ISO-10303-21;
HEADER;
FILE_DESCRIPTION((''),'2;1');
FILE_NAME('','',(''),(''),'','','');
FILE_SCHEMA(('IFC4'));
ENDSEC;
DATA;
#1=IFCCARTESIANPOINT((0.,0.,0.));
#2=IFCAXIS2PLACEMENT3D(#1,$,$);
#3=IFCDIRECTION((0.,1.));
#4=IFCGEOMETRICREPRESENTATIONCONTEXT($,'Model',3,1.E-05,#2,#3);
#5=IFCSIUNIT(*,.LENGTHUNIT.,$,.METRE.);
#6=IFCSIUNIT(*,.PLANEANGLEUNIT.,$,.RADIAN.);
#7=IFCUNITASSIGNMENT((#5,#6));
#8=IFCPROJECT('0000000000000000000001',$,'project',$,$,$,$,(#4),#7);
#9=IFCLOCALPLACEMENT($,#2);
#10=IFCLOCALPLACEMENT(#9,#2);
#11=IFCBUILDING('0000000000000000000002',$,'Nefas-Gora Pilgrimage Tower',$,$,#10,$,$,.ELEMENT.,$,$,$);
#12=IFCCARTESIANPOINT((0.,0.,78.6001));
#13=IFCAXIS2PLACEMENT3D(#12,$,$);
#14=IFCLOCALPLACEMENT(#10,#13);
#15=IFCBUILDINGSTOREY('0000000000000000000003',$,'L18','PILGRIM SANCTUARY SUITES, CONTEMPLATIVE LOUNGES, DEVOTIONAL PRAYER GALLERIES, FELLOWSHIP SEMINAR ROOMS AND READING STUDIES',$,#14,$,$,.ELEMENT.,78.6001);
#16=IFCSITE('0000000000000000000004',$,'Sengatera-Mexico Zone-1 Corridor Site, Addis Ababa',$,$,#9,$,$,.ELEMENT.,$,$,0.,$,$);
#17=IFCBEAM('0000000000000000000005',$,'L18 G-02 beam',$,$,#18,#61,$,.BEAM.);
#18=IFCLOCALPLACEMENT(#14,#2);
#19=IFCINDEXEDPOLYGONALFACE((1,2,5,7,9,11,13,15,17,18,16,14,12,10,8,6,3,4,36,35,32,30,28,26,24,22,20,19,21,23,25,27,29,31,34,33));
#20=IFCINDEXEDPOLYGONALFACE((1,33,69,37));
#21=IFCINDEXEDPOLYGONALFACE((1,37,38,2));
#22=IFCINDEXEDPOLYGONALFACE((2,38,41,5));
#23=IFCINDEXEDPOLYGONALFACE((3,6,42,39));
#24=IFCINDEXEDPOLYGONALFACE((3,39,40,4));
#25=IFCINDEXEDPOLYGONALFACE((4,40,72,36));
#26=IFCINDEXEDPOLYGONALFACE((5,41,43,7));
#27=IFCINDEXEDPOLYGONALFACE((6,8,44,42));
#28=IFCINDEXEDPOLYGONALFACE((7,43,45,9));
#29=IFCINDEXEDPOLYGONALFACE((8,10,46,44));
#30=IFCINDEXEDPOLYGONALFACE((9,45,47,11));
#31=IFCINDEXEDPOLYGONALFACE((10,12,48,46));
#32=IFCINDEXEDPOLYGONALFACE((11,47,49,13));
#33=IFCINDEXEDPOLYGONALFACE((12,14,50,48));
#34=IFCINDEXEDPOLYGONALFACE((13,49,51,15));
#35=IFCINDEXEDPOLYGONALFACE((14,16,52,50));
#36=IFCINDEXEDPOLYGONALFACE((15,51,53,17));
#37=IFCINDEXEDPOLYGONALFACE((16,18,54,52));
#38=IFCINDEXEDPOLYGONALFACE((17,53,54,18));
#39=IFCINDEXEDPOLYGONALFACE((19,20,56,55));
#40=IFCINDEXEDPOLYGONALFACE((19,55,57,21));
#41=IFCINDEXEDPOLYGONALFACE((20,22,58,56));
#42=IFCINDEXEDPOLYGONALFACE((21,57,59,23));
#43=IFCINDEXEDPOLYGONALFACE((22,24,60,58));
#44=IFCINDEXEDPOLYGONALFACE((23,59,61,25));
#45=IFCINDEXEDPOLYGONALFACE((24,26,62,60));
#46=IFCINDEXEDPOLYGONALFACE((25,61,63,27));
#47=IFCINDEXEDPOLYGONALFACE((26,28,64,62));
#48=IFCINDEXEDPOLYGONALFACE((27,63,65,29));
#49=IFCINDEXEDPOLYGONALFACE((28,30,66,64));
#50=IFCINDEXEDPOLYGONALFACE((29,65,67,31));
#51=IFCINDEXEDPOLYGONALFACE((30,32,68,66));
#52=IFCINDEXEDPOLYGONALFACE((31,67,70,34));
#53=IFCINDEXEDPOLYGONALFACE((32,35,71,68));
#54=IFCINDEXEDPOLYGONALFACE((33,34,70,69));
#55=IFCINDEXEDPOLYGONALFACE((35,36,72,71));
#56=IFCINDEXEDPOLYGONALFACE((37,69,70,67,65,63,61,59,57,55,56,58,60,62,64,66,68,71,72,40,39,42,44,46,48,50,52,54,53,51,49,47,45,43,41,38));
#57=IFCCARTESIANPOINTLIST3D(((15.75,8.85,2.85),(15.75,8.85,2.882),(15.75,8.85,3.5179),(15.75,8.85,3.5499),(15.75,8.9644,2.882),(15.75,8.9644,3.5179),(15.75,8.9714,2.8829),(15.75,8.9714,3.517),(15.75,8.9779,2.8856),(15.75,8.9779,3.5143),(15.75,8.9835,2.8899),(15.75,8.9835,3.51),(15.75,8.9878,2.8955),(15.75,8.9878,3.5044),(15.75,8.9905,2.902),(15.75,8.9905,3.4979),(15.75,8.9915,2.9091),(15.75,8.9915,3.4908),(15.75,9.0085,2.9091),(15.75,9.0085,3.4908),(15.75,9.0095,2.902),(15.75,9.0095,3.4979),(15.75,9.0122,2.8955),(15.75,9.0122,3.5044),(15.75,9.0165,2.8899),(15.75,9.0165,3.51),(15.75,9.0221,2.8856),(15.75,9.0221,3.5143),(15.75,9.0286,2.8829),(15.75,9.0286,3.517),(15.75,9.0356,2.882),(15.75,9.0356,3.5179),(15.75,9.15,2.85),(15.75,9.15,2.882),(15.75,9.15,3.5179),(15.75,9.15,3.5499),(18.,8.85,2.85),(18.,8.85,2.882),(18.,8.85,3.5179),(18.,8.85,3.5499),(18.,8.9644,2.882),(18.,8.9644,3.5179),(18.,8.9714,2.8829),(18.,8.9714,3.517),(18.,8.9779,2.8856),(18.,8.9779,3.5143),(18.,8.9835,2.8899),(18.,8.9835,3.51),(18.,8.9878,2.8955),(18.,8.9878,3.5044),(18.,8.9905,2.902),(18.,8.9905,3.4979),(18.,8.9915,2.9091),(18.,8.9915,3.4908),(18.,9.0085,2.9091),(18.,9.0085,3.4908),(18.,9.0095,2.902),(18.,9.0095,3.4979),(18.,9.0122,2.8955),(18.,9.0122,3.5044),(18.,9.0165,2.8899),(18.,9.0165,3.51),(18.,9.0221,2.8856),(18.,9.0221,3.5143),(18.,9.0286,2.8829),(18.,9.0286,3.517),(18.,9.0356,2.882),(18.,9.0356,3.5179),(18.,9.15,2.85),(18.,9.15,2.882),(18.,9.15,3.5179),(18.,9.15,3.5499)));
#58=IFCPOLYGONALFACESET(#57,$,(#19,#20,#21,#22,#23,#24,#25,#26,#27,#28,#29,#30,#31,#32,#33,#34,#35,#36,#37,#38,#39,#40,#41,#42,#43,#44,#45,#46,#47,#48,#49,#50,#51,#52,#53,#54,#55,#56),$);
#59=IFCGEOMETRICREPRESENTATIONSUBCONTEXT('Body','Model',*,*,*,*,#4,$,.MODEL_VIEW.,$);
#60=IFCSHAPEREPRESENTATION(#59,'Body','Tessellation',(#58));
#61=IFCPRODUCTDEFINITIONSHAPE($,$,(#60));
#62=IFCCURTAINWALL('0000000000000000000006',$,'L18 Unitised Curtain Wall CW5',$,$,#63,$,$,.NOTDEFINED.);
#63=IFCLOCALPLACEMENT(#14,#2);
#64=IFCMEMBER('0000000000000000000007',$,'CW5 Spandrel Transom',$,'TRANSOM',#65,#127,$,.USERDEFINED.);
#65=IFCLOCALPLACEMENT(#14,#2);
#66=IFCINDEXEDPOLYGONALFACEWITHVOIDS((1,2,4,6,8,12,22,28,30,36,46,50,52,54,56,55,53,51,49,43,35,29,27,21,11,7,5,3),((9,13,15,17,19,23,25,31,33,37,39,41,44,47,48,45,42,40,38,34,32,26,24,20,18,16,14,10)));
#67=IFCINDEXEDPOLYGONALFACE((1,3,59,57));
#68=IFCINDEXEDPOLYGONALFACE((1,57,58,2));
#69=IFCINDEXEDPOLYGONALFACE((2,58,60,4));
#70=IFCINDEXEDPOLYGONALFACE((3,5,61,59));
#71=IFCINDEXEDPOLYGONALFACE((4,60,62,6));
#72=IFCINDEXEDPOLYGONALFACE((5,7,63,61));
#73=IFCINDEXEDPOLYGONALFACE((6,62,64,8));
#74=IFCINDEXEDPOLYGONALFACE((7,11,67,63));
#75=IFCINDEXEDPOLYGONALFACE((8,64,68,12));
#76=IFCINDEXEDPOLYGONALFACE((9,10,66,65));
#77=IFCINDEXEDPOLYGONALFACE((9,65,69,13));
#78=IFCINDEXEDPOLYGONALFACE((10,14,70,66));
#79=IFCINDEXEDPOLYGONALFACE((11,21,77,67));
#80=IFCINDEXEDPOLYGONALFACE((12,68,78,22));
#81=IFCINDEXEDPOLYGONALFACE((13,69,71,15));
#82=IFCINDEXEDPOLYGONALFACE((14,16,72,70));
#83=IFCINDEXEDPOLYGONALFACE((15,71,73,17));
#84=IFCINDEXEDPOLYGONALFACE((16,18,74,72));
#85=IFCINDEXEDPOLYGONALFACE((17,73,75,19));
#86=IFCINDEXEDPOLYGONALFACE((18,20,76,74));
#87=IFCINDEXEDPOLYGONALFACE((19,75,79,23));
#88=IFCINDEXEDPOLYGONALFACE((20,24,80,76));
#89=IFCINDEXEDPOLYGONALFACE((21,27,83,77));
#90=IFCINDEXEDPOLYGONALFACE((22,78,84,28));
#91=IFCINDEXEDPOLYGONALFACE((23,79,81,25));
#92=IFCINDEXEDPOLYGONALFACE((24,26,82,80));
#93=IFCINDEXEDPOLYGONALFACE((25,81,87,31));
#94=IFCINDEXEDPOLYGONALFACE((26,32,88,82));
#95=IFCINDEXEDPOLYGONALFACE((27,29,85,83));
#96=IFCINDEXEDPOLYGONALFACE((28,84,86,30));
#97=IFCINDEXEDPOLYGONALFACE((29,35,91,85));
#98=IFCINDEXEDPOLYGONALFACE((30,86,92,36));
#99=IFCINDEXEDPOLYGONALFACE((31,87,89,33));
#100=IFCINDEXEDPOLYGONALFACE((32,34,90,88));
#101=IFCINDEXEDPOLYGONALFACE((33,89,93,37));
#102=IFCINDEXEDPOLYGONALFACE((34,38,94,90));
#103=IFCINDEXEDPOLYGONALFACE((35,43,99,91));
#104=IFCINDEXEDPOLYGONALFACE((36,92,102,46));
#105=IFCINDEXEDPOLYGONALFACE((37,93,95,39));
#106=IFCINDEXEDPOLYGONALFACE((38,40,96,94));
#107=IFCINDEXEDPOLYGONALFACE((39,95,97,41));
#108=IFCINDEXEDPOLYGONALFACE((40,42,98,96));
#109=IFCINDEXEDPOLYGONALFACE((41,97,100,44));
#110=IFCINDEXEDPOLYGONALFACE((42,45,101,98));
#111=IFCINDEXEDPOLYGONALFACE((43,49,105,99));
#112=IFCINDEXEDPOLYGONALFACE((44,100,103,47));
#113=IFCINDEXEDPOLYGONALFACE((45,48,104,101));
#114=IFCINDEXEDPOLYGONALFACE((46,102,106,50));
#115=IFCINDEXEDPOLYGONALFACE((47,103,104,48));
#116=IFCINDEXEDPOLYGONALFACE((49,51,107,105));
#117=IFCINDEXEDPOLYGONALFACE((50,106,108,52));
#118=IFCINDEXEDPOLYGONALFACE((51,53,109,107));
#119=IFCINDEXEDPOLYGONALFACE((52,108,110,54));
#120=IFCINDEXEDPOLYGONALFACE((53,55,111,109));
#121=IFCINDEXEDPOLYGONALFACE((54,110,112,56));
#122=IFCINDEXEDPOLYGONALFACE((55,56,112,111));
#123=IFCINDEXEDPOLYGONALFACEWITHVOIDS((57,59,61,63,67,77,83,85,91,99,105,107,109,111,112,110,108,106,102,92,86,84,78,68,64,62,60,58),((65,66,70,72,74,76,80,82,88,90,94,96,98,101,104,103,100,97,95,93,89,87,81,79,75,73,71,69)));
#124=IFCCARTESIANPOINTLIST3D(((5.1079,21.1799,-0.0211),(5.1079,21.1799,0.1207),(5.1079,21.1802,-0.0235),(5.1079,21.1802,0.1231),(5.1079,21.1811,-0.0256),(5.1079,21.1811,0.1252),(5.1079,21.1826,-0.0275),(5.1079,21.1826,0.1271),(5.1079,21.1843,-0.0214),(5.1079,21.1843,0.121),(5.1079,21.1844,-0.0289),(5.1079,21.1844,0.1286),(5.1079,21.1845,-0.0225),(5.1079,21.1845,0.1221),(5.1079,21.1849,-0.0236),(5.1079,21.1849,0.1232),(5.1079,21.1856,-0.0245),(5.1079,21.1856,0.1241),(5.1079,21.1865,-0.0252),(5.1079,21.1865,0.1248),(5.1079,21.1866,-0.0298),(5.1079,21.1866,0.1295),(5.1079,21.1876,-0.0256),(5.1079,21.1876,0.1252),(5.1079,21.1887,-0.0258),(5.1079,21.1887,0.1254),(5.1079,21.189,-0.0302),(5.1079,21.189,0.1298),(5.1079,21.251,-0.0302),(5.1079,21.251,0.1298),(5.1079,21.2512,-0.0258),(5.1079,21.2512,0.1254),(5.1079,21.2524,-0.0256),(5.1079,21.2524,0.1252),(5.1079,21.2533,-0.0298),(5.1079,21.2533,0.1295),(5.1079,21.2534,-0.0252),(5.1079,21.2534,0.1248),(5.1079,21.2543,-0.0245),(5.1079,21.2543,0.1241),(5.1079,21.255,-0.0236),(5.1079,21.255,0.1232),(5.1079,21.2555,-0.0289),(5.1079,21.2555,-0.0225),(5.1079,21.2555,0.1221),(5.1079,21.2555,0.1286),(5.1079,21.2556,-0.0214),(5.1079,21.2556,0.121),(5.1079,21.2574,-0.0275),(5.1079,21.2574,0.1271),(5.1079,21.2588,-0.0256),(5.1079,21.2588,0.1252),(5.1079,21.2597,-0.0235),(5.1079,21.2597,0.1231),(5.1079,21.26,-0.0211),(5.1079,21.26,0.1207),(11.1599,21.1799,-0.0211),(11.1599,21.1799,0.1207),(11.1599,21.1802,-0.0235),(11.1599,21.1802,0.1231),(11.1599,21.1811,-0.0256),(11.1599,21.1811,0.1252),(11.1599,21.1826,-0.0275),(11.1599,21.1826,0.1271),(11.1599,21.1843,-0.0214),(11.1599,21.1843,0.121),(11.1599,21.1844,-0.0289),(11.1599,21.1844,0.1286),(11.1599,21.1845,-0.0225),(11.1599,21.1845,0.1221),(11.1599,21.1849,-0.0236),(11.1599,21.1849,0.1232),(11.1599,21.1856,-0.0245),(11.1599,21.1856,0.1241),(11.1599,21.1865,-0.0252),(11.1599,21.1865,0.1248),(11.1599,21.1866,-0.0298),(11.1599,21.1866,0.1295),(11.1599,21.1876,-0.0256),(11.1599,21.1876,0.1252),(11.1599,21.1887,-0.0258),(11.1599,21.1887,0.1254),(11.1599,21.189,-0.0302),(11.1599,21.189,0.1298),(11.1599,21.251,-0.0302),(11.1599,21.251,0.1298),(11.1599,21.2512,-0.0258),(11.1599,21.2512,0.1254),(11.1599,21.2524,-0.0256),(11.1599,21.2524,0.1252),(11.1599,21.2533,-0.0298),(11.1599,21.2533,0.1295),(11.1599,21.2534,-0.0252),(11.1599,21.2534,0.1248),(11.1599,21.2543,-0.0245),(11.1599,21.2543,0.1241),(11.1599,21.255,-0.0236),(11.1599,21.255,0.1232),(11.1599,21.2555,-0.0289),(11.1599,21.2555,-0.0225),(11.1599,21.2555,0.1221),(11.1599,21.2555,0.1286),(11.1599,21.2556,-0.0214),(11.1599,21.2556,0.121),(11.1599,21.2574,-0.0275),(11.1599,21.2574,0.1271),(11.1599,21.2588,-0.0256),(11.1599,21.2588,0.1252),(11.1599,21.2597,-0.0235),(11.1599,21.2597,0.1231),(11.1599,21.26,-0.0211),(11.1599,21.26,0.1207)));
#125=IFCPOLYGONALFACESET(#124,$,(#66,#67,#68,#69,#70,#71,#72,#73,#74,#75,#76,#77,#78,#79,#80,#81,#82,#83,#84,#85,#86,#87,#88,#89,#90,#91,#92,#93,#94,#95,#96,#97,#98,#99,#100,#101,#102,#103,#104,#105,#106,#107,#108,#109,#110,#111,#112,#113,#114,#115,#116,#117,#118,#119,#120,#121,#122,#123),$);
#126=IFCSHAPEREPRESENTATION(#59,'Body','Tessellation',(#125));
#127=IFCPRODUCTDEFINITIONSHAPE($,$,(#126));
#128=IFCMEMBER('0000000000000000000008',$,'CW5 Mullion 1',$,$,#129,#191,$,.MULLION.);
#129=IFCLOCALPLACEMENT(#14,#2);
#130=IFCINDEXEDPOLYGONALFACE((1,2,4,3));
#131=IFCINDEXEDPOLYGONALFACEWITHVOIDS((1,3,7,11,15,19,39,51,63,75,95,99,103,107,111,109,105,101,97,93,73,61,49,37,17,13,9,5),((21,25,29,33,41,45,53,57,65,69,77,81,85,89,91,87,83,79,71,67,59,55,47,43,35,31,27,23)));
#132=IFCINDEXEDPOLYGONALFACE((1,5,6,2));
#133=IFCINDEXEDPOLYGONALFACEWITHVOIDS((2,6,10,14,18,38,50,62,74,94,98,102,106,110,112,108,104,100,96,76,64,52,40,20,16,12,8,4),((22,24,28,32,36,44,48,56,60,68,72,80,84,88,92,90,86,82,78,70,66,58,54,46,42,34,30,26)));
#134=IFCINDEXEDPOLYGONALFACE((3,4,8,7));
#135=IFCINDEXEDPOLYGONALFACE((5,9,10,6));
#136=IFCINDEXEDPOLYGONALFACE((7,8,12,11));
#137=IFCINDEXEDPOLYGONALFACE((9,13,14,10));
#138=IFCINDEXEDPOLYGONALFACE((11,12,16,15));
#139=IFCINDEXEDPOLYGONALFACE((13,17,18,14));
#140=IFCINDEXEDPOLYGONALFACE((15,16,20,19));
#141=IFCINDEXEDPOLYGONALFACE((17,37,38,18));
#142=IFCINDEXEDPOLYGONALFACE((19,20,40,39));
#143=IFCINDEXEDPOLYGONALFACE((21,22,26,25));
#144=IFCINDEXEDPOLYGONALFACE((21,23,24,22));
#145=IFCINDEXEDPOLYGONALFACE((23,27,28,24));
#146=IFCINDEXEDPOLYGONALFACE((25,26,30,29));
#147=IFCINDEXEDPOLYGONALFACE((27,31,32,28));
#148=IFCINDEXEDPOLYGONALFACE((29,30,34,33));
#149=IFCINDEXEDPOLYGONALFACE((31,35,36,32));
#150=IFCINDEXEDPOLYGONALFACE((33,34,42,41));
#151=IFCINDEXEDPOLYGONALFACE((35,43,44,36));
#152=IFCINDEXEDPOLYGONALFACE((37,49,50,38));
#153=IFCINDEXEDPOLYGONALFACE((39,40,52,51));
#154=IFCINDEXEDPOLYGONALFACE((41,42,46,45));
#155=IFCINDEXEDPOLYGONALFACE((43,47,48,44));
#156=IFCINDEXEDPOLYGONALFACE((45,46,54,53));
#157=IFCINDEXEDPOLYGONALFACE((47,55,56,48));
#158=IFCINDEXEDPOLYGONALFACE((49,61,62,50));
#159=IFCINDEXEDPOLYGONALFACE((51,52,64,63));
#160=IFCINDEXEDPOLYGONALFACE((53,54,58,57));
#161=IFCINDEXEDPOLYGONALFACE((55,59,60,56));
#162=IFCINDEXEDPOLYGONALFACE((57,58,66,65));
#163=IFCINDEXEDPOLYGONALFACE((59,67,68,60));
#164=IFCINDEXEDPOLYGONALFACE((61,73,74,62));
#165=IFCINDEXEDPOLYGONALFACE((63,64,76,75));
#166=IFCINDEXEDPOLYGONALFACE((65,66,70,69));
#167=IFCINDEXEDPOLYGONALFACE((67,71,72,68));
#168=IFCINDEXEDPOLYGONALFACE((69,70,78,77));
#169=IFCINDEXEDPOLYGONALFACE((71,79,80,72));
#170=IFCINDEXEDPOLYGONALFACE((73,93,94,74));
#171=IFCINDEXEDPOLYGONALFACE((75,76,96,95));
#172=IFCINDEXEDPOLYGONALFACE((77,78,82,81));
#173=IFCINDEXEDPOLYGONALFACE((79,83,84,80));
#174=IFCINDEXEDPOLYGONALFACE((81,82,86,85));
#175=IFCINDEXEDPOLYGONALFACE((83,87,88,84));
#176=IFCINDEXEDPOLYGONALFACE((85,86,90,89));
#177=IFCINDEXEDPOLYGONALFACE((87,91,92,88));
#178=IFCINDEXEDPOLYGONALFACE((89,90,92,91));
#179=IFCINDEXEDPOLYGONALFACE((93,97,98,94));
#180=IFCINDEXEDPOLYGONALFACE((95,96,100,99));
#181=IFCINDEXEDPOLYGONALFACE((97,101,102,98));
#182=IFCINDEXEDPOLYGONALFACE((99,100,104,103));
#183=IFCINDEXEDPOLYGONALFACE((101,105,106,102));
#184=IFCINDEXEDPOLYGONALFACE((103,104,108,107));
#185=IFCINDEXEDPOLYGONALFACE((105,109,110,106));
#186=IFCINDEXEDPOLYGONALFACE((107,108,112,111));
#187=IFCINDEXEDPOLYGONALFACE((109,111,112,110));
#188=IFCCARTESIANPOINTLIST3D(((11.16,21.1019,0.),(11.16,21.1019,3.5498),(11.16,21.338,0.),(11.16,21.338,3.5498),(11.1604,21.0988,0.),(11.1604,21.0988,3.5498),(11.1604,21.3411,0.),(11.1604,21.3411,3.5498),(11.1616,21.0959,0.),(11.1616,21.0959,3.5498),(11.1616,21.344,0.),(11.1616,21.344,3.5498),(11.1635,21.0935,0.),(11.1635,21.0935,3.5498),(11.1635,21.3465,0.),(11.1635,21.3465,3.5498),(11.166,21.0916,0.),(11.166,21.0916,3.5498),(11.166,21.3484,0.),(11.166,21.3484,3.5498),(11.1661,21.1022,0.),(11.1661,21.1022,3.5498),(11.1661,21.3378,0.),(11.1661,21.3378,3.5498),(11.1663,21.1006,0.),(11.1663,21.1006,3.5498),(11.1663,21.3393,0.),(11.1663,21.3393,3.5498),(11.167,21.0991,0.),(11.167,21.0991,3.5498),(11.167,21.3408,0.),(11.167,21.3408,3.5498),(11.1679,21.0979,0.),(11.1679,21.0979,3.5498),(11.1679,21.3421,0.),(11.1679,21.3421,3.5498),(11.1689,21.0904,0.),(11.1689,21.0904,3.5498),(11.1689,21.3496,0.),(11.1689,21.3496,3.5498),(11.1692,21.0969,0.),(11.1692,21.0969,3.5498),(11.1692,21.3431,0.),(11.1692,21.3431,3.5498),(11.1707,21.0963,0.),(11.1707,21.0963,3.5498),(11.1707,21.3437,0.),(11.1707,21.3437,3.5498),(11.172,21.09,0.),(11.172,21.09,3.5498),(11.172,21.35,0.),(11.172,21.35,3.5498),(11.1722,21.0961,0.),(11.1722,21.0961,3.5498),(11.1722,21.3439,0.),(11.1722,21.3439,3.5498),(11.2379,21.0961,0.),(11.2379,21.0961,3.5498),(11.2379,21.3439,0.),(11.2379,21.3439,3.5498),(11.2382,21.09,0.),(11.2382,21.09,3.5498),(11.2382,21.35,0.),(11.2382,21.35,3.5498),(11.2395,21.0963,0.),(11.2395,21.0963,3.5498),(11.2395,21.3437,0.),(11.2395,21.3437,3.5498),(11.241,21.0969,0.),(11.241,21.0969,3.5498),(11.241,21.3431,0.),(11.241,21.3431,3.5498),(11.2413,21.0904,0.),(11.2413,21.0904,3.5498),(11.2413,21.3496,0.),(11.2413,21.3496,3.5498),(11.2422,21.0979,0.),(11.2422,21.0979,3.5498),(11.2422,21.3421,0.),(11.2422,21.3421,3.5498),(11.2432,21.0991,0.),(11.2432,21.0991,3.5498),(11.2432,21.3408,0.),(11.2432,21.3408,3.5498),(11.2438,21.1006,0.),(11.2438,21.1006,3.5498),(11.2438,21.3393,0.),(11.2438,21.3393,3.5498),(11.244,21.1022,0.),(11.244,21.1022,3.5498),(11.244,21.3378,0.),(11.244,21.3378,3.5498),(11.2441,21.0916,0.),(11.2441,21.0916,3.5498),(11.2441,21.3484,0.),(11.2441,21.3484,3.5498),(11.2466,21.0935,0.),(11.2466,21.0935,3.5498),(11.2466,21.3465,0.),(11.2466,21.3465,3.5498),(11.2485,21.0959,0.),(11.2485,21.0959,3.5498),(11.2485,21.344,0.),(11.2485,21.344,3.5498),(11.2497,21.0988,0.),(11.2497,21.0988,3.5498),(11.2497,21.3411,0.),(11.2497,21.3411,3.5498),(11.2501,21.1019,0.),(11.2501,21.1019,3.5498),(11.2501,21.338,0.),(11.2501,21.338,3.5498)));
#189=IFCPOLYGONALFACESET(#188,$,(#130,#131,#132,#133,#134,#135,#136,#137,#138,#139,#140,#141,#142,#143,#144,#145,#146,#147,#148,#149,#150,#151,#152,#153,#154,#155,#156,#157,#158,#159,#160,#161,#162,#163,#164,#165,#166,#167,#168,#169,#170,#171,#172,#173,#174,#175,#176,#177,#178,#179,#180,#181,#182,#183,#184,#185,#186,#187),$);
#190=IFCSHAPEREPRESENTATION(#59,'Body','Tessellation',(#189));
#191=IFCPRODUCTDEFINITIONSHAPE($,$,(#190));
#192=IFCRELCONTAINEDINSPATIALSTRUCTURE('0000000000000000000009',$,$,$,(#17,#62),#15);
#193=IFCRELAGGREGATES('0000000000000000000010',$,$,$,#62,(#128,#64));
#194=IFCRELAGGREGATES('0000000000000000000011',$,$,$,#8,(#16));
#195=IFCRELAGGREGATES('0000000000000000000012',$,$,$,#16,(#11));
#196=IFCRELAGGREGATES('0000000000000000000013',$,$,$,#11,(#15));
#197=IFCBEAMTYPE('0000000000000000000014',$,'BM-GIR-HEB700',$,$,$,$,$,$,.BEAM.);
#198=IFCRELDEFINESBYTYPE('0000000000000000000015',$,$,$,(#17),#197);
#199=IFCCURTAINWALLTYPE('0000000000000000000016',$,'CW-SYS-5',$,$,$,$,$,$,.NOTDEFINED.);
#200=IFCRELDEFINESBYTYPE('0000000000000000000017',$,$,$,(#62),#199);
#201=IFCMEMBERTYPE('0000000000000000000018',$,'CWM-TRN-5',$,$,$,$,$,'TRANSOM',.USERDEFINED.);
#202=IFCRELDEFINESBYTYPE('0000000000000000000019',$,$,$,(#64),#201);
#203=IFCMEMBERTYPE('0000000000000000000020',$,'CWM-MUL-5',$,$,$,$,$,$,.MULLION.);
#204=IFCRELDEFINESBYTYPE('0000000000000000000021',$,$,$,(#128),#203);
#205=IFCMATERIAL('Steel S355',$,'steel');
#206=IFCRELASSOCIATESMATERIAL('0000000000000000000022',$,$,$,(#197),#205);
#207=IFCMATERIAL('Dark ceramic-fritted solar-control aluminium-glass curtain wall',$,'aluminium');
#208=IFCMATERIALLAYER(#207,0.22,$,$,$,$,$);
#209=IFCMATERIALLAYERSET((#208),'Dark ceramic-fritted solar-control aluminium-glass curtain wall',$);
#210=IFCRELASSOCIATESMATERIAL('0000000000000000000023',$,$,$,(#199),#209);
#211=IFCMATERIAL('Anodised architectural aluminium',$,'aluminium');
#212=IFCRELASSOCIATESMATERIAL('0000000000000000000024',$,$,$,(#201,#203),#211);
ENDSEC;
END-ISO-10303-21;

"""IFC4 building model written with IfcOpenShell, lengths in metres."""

from ifc_helpers import new_model, si_unit, direction, frame, origin, origin_2d, place, context, subcontext, project, spatial, hollow_rectangle, i_section, extrude, source, transform, mapped, material, layer, layer_set, material_profile, profile_set, type_object, element, aggregate, save


model = new_model("IFC4")

# Units and contexts
model_context = context("Model", 3, precision=1e-05, world=origin(), true_north=direction((0.0, 1.0)))
body_context = subcontext(model_context, "Body", "Model", "MODEL_VIEW")
ifc_project = project(units=[si_unit("LENGTHUNIT", "METRE"), si_unit("PLANEANGLEUNIT", "RADIAN")], contexts=[model_context])

# Site, building, storey
site_placement = place(None, origin())
site = spatial("IfcSite", under=ifc_project, at=site_placement, Name="Sengatera-Mexico Zone-1 Corridor Site, Addis Ababa", CompositionType="ELEMENT", RefElevation=0.0)
building_placement = place(site_placement, origin())
building = spatial("IfcBuilding", under=site, at=building_placement, Name="Nefas-Gora Pilgrimage Tower", CompositionType="ELEMENT")
storey_placement = place(building_placement, frame((0.0, 0.0, 78.6001)))
storey = spatial("IfcBuildingStorey", under=building, at=storey_placement, Name="L18", Description="PILGRIM SANCTUARY SUITES, CONTEMPLATIVE LOUNGES, DEVOTIONAL PRAYER GALLERIES, FELLOWSHIP SEMINAR ROOMS AND READING STUDIES", CompositionType="ELEMENT", Elevation=78.6001)

# Beam
ifc_material_1 = material(Name="Steel S355", Category="steel")
ifc_material_profile_1 = material_profile(ifc_material_1, i_section(OverallWidth=0.3, OverallDepth=0.7, WebThickness=0.0171, FlangeThickness=0.032, FilletRadius=0.0271, at=origin_2d()), Name="HEB 700")
ifc_profile_set_1 = profile_set([ifc_material_profile_1], Name="Steel S355")
beam_type_1 = type_object("IfcBeamType", Name="BM-GIR-HEB700", PredefinedType="BEAM", material=ifc_profile_set_1)
shared_shape_1 = source(origin(), body_context, "Body", "SweptSolid", [
    extrude(i_section(OverallWidth=0.3, OverallDepth=0.7, WebThickness=0.0171, FlangeThickness=0.032, FilletRadius=0.0271, at=origin_2d()), origin(), (0.0, 0.0, 1.0), 2.25),
])
beam_1_placement = place(storey_placement, frame((15.75, 9.0, 3.2), z_axis=(1.0, 0.0, 0.0), x_axis=(0.0, 1.0, 0.0)))
element("IfcBeam", 1, at=beam_1_placement, inside=storey, type_object=beam_type_1, Name="L18 G-02 beam", PredefinedType="BEAM", context=body_context, shape_type="MappedRepresentation", body=[
    mapped(shared_shape_1, transform((0.0, 0.0, 0.0), x_axis=(1.0, 0.0, 0.0), y_axis=(0.0, 1.0, 0.0), z_axis=(0.0, 0.0, 1.0), scale=1.0)),
])

# Curtain wall, members
ifc_material_2 = material(Name="Dark ceramic-fritted solar-control aluminium-glass curtain wall", Category="aluminium")
ifc_layer_1 = layer(ifc_material_2, 0.22)
ifc_layer_set_1 = layer_set([ifc_layer_1], Name="Dark ceramic-fritted solar-control aluminium-glass curtain wall")
curtain_wall_type_1 = type_object("IfcCurtainWallType", Name="CW-SYS-5", PredefinedType="NOTDEFINED", material=ifc_layer_set_1)
curtain_wall_1_placement = place(storey_placement, origin())
curtain_wall_1 = element("IfcCurtainWall", 2, at=curtain_wall_1_placement, inside=storey, type_object=curtain_wall_type_1, Name="L18 Unitised Curtain Wall CW5", PredefinedType="NOTDEFINED")
ifc_material_3 = material(Name="Anodised architectural aluminium", Category="aluminium")
ifc_material_profile_2 = material_profile(ifc_material_3, hollow_rectangle(XDim=0.0801, YDim=0.1599, WallThickness=0.0044, InnerFilletRadius=0.0044, OuterFilletRadius=0.009, at=origin_2d()), Name="ALU TRANSOM 80x160")
ifc_profile_set_2 = profile_set([ifc_material_profile_2], Name="Anodised architectural aluminium")
member_type_1 = type_object("IfcMemberType", Name="CWM-TRN-5", ElementType="TRANSOM", PredefinedType="USERDEFINED", material=ifc_profile_set_2)
shared_shape_2 = source(origin(), body_context, "Body", "SweptSolid", [
    extrude(hollow_rectangle(XDim=0.0801, YDim=0.1599, WallThickness=0.0044, InnerFilletRadius=0.0044, OuterFilletRadius=0.009, at=origin_2d()), origin(), (0.0, 0.0, 1.0), 6.052),
])
member_1_placement = place(storey_placement, frame((11.1599, 21.22, 0.0498), z_axis=(-1.0, 0.0, 0.0), x_axis=(0.0, -1.0, 0.0)))
member_1 = element("IfcMember", 3, at=member_1_placement, type_object=member_type_1, Name="CW5 Spandrel Transom", ObjectType="TRANSOM", PredefinedType="USERDEFINED", context=body_context, shape_type="MappedRepresentation", body=[
    mapped(shared_shape_2, transform((0.0, 0.0, 0.0), x_axis=(1.0, 0.0, 0.0), y_axis=(0.0, 1.0, 0.0), z_axis=(0.0, 0.0, 1.0), scale=1.0)),
])
ifc_material_profile_3 = material_profile(ifc_material_3, hollow_rectangle(XDim=0.0901, YDim=0.26, WallThickness=0.0061, InnerFilletRadius=0.0061, OuterFilletRadius=0.012, at=origin_2d()), Name="ALU MULLION 90x260")
ifc_profile_set_3 = profile_set([ifc_material_profile_3], Name="Anodised architectural aluminium")
member_type_2 = type_object("IfcMemberType", Name="CWM-MUL-5", PredefinedType="MULLION", material=ifc_profile_set_3)
shared_shape_3 = source(origin(), body_context, "Body", "SweptSolid", [
    extrude(hollow_rectangle(XDim=0.0901, YDim=0.26, WallThickness=0.0061, InnerFilletRadius=0.0061, OuterFilletRadius=0.012, at=origin_2d()), origin(), (0.0, 0.0, 1.0), 3.5498),
])
member_2_placement = place(storey_placement, frame((11.2051, 21.22, 0.0), z_axis=(0.0, 0.0, 1.0), x_axis=(-1.0, 0.0, 0.0)))
member_2 = element("IfcMember", 4, at=member_2_placement, type_object=member_type_2, Name="CW5 Mullion 1", PredefinedType="MULLION", context=body_context, shape_type="MappedRepresentation", body=[
    mapped(shared_shape_3, transform((0.0, 0.0, 0.0), x_axis=(1.0, 0.0, 0.0), y_axis=(0.0, 1.0, 0.0), z_axis=(0.0, 0.0, 1.0), scale=1.0)),
])

aggregate(curtain_wall_1, [member_2, member_1])

save(model, "model.ifc")
